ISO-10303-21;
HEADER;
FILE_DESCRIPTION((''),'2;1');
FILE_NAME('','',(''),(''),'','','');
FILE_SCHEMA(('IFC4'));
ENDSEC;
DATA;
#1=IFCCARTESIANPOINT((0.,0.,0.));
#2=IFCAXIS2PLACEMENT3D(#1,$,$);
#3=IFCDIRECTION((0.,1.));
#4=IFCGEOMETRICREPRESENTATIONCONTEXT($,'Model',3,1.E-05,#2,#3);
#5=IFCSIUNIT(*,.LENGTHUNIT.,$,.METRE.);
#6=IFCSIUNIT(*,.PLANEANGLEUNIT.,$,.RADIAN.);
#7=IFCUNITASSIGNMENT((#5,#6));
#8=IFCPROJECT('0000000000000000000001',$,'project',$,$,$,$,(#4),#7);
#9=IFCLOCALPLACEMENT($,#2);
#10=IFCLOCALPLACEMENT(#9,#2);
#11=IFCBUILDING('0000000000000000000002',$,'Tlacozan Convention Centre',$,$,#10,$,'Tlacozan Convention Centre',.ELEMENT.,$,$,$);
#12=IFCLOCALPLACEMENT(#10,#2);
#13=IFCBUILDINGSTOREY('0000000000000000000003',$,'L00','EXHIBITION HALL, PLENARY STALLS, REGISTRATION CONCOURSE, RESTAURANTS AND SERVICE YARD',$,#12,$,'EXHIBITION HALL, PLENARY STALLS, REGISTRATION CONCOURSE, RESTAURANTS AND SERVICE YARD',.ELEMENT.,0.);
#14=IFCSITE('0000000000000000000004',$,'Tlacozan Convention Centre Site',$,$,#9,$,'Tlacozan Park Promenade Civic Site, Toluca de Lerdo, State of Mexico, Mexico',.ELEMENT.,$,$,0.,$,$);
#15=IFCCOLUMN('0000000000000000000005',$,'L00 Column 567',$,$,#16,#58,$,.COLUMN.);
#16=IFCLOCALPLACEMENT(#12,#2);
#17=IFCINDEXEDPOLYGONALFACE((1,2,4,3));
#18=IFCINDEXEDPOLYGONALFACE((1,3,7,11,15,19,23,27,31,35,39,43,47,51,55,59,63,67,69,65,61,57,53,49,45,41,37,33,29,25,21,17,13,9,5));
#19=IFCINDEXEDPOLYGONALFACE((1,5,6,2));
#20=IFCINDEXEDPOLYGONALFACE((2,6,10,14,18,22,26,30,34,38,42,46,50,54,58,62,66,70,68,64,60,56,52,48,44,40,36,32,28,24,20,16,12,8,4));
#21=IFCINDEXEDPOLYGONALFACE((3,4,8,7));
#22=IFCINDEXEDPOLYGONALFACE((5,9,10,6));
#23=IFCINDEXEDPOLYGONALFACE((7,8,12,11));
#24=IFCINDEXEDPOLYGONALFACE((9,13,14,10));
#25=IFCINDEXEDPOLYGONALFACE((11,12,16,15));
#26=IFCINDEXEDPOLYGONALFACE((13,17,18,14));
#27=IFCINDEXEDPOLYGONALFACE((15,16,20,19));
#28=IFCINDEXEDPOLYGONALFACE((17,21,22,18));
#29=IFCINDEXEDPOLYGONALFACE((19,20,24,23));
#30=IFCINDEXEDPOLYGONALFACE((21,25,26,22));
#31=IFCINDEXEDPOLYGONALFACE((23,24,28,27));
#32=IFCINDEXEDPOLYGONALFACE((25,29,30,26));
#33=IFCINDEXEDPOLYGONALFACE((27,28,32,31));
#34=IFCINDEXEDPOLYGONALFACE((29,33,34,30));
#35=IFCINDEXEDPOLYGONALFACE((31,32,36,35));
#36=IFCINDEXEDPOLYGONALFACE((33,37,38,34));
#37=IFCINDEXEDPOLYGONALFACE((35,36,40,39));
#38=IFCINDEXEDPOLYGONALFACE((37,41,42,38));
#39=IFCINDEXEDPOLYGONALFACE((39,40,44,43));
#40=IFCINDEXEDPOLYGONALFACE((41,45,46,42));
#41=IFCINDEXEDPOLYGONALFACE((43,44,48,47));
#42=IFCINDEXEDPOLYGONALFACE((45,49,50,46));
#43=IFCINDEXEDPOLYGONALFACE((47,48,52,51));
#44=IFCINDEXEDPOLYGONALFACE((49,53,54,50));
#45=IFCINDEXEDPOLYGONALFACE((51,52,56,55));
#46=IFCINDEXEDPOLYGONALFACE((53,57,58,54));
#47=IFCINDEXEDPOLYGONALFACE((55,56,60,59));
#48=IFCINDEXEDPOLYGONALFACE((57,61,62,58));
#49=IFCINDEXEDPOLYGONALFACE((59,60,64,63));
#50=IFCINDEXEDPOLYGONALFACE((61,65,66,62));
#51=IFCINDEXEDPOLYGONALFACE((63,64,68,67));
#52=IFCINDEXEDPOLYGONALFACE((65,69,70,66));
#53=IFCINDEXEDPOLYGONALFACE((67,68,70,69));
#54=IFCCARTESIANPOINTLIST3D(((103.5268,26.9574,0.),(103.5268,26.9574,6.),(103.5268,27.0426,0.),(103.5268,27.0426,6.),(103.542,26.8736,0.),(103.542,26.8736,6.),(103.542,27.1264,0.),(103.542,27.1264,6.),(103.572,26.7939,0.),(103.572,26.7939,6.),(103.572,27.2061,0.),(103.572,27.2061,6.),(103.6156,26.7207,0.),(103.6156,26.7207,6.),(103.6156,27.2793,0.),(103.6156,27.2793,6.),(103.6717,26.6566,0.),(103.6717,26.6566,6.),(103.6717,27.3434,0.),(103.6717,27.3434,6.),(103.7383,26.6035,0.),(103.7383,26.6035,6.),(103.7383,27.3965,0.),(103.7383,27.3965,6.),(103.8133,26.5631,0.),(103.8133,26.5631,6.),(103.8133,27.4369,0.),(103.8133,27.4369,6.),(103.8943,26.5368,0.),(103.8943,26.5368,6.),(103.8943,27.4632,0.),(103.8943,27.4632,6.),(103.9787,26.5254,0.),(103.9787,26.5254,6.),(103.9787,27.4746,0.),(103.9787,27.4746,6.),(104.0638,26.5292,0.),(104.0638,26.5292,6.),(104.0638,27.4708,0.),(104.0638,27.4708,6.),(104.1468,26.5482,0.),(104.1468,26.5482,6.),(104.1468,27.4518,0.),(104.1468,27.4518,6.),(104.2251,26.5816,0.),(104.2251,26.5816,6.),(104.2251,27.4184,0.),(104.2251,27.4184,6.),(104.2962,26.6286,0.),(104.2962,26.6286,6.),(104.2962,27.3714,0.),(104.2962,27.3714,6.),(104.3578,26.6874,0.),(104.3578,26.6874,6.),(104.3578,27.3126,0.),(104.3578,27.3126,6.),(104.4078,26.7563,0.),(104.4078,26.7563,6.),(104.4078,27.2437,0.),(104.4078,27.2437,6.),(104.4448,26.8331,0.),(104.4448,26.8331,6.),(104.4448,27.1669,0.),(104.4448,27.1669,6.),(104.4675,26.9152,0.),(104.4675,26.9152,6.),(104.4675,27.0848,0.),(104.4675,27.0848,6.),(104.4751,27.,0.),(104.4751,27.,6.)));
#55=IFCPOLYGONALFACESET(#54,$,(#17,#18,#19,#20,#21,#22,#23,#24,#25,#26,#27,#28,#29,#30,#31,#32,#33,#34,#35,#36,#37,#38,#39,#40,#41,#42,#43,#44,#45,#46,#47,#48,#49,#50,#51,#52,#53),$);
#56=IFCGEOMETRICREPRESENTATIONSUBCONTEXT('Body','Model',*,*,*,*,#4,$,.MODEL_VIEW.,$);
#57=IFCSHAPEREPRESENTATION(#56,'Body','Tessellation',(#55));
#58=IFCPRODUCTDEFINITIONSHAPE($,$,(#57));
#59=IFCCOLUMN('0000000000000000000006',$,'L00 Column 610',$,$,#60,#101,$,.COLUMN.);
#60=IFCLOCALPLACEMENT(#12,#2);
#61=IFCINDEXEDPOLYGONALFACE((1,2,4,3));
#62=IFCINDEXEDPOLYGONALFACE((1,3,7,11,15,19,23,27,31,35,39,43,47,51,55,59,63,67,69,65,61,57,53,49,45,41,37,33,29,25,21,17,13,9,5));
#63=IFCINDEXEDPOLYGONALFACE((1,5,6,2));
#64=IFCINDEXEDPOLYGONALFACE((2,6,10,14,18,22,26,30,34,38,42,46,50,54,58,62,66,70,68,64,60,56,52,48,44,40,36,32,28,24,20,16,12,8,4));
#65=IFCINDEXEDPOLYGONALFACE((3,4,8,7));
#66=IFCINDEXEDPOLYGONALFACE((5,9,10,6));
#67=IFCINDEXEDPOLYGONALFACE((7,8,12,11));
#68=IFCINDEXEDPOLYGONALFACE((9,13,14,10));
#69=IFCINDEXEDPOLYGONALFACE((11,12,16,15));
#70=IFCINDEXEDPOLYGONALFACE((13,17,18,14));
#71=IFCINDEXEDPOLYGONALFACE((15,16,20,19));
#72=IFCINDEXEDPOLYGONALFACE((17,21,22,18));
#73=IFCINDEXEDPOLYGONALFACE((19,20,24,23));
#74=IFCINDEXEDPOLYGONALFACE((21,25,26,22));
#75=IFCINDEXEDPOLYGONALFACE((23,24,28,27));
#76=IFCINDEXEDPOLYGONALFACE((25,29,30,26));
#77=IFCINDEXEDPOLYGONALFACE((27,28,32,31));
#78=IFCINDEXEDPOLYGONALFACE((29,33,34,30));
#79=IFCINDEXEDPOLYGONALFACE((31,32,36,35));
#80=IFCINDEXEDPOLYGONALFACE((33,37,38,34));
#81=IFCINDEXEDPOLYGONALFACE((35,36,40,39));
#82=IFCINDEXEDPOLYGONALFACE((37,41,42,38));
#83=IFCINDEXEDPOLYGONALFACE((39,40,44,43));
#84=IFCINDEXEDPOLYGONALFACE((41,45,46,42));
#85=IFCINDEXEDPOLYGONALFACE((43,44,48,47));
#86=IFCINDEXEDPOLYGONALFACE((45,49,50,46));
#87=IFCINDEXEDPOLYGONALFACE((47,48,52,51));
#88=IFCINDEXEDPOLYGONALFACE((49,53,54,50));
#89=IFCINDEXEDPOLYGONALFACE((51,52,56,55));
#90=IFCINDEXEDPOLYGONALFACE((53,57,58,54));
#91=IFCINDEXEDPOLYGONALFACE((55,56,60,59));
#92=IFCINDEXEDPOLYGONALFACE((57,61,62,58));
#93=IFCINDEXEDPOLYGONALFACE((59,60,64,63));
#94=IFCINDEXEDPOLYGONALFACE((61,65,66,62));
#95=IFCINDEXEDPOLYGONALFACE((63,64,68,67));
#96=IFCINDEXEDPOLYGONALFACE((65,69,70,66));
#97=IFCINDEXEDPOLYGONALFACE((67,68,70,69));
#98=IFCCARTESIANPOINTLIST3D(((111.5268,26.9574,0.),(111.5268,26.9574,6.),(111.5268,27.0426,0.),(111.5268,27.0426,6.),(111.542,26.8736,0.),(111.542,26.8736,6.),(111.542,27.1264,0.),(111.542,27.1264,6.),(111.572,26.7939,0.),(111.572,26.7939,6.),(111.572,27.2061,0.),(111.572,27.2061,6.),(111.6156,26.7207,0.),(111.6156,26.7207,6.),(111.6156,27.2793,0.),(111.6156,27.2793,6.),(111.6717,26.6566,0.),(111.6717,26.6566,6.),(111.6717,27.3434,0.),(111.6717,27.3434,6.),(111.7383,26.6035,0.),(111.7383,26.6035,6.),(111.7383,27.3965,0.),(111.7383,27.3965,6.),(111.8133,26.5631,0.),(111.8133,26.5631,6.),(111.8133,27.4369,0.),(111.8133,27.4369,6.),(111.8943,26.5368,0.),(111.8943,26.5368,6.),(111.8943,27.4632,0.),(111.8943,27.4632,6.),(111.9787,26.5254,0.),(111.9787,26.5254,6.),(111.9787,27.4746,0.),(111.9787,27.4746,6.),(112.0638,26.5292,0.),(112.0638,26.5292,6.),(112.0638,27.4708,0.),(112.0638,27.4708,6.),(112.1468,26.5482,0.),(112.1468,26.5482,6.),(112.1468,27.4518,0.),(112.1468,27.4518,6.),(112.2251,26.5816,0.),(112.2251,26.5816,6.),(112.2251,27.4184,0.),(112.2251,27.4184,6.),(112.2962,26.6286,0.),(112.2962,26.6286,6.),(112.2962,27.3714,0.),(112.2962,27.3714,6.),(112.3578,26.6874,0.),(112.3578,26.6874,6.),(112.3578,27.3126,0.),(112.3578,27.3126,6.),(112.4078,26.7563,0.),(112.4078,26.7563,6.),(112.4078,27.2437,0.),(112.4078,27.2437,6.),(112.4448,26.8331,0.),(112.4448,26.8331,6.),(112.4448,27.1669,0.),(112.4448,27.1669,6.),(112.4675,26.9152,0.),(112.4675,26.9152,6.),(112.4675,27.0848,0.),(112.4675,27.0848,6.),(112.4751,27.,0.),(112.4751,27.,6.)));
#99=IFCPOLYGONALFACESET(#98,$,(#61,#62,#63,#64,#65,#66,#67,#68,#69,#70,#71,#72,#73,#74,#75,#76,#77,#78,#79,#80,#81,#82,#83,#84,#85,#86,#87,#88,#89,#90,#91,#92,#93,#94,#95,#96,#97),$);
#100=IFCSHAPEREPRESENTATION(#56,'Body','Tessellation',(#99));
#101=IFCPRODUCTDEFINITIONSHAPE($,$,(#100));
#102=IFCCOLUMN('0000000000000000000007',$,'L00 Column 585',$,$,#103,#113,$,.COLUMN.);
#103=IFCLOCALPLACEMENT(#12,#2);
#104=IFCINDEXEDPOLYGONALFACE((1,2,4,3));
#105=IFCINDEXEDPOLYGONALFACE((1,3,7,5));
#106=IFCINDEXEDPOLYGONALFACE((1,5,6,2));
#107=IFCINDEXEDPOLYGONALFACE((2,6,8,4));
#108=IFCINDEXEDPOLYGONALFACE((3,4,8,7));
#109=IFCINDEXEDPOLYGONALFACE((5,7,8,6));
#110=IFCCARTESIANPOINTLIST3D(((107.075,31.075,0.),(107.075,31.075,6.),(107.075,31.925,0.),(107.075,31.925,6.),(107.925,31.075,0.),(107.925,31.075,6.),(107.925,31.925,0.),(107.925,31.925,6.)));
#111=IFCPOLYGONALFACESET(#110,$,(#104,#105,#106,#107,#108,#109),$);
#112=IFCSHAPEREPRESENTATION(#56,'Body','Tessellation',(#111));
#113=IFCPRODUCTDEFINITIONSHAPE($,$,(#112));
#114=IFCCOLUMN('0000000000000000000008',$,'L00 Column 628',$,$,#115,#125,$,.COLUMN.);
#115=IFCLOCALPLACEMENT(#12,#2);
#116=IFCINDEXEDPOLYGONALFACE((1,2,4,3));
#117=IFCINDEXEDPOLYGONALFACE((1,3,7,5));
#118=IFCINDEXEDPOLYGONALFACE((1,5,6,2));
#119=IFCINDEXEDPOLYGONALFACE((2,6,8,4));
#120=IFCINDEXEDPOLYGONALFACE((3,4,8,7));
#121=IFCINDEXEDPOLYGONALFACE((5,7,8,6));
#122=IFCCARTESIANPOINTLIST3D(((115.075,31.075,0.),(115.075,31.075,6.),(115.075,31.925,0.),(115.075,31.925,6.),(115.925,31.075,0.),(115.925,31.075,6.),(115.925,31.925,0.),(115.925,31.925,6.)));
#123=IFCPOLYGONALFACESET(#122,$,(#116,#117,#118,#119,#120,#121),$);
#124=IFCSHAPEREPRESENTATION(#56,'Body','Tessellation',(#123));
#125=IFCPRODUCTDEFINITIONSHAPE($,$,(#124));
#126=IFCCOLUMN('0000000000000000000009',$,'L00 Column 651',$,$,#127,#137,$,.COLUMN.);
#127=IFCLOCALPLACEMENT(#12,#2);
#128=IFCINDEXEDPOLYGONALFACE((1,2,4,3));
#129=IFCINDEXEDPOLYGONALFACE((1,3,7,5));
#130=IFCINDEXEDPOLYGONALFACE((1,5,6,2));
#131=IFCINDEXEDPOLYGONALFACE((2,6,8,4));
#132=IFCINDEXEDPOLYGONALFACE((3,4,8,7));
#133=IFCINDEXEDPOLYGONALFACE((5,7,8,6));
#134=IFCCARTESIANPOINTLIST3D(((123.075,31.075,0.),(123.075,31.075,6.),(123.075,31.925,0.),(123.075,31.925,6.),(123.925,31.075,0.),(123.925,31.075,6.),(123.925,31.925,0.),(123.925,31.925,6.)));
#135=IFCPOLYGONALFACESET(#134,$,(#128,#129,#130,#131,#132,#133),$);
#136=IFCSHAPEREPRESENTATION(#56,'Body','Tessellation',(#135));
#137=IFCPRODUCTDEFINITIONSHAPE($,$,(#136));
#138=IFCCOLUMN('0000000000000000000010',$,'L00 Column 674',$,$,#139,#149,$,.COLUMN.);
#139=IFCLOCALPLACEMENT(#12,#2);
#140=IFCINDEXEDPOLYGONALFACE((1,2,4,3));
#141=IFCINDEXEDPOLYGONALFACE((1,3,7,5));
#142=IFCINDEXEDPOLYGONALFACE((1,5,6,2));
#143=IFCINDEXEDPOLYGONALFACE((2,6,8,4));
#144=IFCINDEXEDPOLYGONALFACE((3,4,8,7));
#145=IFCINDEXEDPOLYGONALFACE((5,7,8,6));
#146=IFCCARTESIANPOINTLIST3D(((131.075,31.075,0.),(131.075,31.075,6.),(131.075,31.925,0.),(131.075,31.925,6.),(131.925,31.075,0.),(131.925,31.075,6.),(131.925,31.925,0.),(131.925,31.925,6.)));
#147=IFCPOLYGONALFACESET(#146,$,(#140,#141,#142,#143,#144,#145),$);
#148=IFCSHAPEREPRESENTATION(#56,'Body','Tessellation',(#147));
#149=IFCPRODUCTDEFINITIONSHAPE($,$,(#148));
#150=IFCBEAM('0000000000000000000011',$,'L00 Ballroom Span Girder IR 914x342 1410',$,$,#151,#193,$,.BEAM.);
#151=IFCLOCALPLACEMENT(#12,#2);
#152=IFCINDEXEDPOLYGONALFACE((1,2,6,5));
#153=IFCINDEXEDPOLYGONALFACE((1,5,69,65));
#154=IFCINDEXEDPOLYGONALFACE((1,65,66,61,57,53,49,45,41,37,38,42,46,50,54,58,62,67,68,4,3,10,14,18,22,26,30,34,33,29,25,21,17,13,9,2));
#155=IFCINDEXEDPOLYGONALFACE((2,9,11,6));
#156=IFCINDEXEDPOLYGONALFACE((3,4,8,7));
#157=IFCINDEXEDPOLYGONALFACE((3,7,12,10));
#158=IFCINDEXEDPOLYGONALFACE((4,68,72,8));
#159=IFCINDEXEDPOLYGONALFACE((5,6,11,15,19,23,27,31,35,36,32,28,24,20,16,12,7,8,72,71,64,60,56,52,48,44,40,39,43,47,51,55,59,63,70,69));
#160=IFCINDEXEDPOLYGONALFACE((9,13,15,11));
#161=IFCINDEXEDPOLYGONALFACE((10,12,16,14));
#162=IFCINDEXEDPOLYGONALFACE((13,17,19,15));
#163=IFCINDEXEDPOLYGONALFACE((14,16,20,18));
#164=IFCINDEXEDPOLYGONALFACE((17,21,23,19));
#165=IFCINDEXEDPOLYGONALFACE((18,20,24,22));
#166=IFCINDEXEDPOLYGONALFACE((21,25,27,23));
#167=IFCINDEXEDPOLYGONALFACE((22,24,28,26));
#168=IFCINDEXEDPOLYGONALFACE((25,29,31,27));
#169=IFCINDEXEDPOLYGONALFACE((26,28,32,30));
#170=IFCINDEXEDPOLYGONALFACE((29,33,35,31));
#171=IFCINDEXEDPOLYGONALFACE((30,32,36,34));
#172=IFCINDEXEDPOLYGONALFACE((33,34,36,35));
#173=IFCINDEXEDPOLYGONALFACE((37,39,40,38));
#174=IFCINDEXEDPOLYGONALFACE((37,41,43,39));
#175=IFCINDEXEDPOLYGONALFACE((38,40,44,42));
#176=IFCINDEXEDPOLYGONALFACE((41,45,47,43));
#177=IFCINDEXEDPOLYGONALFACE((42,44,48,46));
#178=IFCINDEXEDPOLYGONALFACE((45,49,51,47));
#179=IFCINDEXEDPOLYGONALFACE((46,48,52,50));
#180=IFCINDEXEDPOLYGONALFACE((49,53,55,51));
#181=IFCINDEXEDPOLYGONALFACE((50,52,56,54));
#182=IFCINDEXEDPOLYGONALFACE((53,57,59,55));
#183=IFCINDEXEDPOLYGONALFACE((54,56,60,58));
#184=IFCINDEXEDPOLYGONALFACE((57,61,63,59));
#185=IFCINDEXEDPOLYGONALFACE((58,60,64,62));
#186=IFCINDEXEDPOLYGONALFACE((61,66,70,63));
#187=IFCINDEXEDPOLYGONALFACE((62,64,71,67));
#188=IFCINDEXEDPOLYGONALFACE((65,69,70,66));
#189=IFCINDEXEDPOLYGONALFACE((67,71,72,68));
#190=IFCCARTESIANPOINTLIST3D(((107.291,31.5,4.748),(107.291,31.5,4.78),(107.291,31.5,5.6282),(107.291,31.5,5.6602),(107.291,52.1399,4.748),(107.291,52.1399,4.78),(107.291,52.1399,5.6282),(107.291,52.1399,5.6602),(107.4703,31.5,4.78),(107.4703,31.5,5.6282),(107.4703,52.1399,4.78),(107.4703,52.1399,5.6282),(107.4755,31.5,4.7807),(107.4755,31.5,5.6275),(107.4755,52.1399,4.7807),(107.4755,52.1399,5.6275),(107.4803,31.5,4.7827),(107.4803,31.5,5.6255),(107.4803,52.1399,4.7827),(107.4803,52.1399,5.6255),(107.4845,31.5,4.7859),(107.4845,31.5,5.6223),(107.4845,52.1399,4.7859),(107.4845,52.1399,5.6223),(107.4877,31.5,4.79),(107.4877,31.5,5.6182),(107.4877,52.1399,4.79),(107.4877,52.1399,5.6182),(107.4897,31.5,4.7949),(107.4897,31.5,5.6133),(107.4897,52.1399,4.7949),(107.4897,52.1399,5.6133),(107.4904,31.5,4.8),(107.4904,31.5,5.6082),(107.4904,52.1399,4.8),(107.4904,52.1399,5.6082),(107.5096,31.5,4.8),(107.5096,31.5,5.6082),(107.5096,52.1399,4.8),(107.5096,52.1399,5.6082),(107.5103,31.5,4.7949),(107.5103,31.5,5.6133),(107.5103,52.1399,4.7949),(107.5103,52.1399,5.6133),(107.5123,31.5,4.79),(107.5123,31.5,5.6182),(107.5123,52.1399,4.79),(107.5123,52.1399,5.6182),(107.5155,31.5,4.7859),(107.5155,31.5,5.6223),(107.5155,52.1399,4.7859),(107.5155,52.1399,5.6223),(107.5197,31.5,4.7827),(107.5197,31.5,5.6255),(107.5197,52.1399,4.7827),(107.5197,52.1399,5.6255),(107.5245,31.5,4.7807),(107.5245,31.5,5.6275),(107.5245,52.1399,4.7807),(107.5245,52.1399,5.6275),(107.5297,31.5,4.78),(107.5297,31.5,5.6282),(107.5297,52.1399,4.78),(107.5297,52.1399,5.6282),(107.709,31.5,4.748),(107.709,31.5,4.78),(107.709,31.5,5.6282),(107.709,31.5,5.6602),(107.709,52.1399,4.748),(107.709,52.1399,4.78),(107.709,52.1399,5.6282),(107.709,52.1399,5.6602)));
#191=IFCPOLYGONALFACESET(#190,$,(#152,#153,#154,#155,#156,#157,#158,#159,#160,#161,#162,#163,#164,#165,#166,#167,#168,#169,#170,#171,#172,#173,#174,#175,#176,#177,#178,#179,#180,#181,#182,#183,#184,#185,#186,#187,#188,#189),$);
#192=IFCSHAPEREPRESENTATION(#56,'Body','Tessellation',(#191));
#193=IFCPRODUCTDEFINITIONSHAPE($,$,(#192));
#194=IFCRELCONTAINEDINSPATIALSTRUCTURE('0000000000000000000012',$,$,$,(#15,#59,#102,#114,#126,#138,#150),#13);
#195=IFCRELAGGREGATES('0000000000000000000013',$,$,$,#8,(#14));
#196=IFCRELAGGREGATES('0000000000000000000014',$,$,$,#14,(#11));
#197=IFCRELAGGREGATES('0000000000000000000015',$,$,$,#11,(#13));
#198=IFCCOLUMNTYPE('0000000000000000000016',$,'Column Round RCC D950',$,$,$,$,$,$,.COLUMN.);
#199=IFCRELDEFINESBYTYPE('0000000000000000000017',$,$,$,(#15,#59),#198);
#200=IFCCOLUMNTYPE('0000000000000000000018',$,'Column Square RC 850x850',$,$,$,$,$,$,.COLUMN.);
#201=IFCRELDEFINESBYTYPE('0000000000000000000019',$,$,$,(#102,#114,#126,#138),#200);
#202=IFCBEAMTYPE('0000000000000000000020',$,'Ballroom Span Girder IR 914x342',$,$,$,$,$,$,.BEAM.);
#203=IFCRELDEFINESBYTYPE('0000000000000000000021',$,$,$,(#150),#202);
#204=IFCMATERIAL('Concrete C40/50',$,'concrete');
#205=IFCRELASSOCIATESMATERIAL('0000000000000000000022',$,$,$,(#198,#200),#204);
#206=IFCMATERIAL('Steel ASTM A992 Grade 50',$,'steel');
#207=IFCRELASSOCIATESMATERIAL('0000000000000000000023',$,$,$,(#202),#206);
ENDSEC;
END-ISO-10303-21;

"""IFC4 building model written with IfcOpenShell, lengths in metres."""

from ifc_helpers import new_model, si_unit, direction, frame, origin, origin_2d, place, context, subcontext, project, spatial, rectangle, circle, i_section, extrude, material, material_profile, profile_set, type_object, element, save


model = new_model("IFC4")

# Units and contexts
model_context = context("Model", 3, precision=1e-05, world=origin(), true_north=direction((0.0, 1.0)))
body_context = subcontext(model_context, "Body", "Model", "MODEL_VIEW")
ifc_project = project(units=[si_unit("LENGTHUNIT", "METRE"), si_unit("PLANEANGLEUNIT", "RADIAN")], contexts=[model_context])

# Site, building, storey
site_placement = place(None, origin())
site = spatial("IfcSite", under=ifc_project, at=site_placement, Name="Tlacozan Convention Centre Site", LongName="Tlacozan Park Promenade Civic Site, Toluca de Lerdo, State of Mexico, Mexico", CompositionType="ELEMENT", RefElevation=0.0)
building_placement = place(site_placement, origin())
building = spatial("IfcBuilding", under=site, at=building_placement, Name="Tlacozan Convention Centre", LongName="Tlacozan Convention Centre", CompositionType="ELEMENT")
storey_placement = place(building_placement, origin())
storey = spatial("IfcBuildingStorey", under=building, at=storey_placement, Name="L00", Description="EXHIBITION HALL, PLENARY STALLS, REGISTRATION CONCOURSE, RESTAURANTS AND SERVICE YARD", LongName="EXHIBITION HALL, PLENARY STALLS, REGISTRATION CONCOURSE, RESTAURANTS AND SERVICE YARD", CompositionType="ELEMENT", Elevation=0.0)

# Columns
ifc_material_1 = material(Name="Concrete C40/50", Category="concrete")
ifc_material_profile_1 = material_profile(ifc_material_1, circle(Radius=0.4751, at=origin_2d()), Name="RCC D950")
ifc_profile_set_1 = profile_set([ifc_material_profile_1], Name="Concrete C40/50")
column_type_1 = type_object("IfcColumnType", Name="Column Round RCC D950", PredefinedType="COLUMN", material=ifc_profile_set_1)
for number, where, z_axis, x_axis, name in (
    (1, (104.0, 27.0, 0.0), (0.0, 0.0, 1.0), (1.0, 0.0, 0.0), "L00 Column 567"),
    (2, (112.0, 27.0, 0.0), (0.0, 0.0, 1.0), (1.0, 0.0, 0.0), "L00 Column 610"),
):
    element("IfcColumn", number, at=place(storey_placement, frame(where, z_axis=z_axis, x_axis=x_axis)), inside=storey, type_object=column_type_1, Name=name, PredefinedType="COLUMN", context=body_context, shape_type="SweptSolid", body=[
        extrude(circle(Radius=0.4751, at=origin_2d()), origin(), (0.0, 0.0, 1.0), 6.0),
    ])
ifc_material_profile_2 = material_profile(ifc_material_1, rectangle(XDim=0.8501, YDim=0.8501, at=origin_2d()), Name="RC 850x850")
ifc_profile_set_2 = profile_set([ifc_material_profile_2], Name="Concrete C40/50")
column_type_2 = type_object("IfcColumnType", Name="Column Square RC 850x850", PredefinedType="COLUMN", material=ifc_profile_set_2)
for number, where, z_axis, x_axis, name in (
    (3, (107.5, 31.5, 0.0), (0.0, 0.0, 1.0), (1.0, 0.0, 0.0), "L00 Column 585"),
    (4, (115.5, 31.5, 0.0), (0.0, 0.0, 1.0), (1.0, 0.0, 0.0), "L00 Column 628"),
    (5, (123.5, 31.5, 0.0), (0.0, 0.0, 1.0), (1.0, 0.0, 0.0), "L00 Column 651"),
    (6, (131.5, 31.5, 0.0), (0.0, 0.0, 1.0), (1.0, 0.0, 0.0), "L00 Column 674"),
):
    element("IfcColumn", number, at=place(storey_placement, frame(where, z_axis=z_axis, x_axis=x_axis)), inside=storey, type_object=column_type_2, Name=name, PredefinedType="COLUMN", context=body_context, shape_type="SweptSolid", body=[
        extrude(rectangle(XDim=0.8501, YDim=0.8501, at=origin_2d()), origin(), (0.0, 0.0, 1.0), 6.0),
    ])

# Beam
ifc_material_2 = material(Name="Steel ASTM A992 Grade 50", Category="steel")
ifc_material_profile_3 = material_profile(ifc_material_2, i_section(OverallWidth=0.418, OverallDepth=0.9121, WebThickness=0.0193, FlangeThickness=0.032, FilletRadius=0.02, at=origin_2d()), Name="IR 914x342.0")
ifc_profile_set_3 = profile_set([ifc_material_profile_3], Name="Steel ASTM A992 Grade 50")
beam_type_1 = type_object("IfcBeamType", Name="Ballroom Span Girder IR 914x342", PredefinedType="BEAM", material=ifc_profile_set_3)
for number, where, z_axis, x_axis, name in (
    (7, (107.5, 31.5, 5.2041), (0.0, 1.0, 0.0), (-1.0, 0.0, 0.0), "L00 Ballroom Span Girder IR 914x342 1410"),
):
    element("IfcBeam", number, at=place(storey_placement, frame(where, z_axis=z_axis, x_axis=x_axis)), inside=storey, type_object=beam_type_1, Name=name, PredefinedType="BEAM", context=body_context, shape_type="SweptSolid", body=[
        extrude(i_section(OverallWidth=0.418, OverallDepth=0.9121, WebThickness=0.0193, FlangeThickness=0.032, FilletRadius=0.02, at=origin_2d()), origin(), (0.0, 0.0, 1.0), 20.6399),
    ])

save(model, "model.ifc")
